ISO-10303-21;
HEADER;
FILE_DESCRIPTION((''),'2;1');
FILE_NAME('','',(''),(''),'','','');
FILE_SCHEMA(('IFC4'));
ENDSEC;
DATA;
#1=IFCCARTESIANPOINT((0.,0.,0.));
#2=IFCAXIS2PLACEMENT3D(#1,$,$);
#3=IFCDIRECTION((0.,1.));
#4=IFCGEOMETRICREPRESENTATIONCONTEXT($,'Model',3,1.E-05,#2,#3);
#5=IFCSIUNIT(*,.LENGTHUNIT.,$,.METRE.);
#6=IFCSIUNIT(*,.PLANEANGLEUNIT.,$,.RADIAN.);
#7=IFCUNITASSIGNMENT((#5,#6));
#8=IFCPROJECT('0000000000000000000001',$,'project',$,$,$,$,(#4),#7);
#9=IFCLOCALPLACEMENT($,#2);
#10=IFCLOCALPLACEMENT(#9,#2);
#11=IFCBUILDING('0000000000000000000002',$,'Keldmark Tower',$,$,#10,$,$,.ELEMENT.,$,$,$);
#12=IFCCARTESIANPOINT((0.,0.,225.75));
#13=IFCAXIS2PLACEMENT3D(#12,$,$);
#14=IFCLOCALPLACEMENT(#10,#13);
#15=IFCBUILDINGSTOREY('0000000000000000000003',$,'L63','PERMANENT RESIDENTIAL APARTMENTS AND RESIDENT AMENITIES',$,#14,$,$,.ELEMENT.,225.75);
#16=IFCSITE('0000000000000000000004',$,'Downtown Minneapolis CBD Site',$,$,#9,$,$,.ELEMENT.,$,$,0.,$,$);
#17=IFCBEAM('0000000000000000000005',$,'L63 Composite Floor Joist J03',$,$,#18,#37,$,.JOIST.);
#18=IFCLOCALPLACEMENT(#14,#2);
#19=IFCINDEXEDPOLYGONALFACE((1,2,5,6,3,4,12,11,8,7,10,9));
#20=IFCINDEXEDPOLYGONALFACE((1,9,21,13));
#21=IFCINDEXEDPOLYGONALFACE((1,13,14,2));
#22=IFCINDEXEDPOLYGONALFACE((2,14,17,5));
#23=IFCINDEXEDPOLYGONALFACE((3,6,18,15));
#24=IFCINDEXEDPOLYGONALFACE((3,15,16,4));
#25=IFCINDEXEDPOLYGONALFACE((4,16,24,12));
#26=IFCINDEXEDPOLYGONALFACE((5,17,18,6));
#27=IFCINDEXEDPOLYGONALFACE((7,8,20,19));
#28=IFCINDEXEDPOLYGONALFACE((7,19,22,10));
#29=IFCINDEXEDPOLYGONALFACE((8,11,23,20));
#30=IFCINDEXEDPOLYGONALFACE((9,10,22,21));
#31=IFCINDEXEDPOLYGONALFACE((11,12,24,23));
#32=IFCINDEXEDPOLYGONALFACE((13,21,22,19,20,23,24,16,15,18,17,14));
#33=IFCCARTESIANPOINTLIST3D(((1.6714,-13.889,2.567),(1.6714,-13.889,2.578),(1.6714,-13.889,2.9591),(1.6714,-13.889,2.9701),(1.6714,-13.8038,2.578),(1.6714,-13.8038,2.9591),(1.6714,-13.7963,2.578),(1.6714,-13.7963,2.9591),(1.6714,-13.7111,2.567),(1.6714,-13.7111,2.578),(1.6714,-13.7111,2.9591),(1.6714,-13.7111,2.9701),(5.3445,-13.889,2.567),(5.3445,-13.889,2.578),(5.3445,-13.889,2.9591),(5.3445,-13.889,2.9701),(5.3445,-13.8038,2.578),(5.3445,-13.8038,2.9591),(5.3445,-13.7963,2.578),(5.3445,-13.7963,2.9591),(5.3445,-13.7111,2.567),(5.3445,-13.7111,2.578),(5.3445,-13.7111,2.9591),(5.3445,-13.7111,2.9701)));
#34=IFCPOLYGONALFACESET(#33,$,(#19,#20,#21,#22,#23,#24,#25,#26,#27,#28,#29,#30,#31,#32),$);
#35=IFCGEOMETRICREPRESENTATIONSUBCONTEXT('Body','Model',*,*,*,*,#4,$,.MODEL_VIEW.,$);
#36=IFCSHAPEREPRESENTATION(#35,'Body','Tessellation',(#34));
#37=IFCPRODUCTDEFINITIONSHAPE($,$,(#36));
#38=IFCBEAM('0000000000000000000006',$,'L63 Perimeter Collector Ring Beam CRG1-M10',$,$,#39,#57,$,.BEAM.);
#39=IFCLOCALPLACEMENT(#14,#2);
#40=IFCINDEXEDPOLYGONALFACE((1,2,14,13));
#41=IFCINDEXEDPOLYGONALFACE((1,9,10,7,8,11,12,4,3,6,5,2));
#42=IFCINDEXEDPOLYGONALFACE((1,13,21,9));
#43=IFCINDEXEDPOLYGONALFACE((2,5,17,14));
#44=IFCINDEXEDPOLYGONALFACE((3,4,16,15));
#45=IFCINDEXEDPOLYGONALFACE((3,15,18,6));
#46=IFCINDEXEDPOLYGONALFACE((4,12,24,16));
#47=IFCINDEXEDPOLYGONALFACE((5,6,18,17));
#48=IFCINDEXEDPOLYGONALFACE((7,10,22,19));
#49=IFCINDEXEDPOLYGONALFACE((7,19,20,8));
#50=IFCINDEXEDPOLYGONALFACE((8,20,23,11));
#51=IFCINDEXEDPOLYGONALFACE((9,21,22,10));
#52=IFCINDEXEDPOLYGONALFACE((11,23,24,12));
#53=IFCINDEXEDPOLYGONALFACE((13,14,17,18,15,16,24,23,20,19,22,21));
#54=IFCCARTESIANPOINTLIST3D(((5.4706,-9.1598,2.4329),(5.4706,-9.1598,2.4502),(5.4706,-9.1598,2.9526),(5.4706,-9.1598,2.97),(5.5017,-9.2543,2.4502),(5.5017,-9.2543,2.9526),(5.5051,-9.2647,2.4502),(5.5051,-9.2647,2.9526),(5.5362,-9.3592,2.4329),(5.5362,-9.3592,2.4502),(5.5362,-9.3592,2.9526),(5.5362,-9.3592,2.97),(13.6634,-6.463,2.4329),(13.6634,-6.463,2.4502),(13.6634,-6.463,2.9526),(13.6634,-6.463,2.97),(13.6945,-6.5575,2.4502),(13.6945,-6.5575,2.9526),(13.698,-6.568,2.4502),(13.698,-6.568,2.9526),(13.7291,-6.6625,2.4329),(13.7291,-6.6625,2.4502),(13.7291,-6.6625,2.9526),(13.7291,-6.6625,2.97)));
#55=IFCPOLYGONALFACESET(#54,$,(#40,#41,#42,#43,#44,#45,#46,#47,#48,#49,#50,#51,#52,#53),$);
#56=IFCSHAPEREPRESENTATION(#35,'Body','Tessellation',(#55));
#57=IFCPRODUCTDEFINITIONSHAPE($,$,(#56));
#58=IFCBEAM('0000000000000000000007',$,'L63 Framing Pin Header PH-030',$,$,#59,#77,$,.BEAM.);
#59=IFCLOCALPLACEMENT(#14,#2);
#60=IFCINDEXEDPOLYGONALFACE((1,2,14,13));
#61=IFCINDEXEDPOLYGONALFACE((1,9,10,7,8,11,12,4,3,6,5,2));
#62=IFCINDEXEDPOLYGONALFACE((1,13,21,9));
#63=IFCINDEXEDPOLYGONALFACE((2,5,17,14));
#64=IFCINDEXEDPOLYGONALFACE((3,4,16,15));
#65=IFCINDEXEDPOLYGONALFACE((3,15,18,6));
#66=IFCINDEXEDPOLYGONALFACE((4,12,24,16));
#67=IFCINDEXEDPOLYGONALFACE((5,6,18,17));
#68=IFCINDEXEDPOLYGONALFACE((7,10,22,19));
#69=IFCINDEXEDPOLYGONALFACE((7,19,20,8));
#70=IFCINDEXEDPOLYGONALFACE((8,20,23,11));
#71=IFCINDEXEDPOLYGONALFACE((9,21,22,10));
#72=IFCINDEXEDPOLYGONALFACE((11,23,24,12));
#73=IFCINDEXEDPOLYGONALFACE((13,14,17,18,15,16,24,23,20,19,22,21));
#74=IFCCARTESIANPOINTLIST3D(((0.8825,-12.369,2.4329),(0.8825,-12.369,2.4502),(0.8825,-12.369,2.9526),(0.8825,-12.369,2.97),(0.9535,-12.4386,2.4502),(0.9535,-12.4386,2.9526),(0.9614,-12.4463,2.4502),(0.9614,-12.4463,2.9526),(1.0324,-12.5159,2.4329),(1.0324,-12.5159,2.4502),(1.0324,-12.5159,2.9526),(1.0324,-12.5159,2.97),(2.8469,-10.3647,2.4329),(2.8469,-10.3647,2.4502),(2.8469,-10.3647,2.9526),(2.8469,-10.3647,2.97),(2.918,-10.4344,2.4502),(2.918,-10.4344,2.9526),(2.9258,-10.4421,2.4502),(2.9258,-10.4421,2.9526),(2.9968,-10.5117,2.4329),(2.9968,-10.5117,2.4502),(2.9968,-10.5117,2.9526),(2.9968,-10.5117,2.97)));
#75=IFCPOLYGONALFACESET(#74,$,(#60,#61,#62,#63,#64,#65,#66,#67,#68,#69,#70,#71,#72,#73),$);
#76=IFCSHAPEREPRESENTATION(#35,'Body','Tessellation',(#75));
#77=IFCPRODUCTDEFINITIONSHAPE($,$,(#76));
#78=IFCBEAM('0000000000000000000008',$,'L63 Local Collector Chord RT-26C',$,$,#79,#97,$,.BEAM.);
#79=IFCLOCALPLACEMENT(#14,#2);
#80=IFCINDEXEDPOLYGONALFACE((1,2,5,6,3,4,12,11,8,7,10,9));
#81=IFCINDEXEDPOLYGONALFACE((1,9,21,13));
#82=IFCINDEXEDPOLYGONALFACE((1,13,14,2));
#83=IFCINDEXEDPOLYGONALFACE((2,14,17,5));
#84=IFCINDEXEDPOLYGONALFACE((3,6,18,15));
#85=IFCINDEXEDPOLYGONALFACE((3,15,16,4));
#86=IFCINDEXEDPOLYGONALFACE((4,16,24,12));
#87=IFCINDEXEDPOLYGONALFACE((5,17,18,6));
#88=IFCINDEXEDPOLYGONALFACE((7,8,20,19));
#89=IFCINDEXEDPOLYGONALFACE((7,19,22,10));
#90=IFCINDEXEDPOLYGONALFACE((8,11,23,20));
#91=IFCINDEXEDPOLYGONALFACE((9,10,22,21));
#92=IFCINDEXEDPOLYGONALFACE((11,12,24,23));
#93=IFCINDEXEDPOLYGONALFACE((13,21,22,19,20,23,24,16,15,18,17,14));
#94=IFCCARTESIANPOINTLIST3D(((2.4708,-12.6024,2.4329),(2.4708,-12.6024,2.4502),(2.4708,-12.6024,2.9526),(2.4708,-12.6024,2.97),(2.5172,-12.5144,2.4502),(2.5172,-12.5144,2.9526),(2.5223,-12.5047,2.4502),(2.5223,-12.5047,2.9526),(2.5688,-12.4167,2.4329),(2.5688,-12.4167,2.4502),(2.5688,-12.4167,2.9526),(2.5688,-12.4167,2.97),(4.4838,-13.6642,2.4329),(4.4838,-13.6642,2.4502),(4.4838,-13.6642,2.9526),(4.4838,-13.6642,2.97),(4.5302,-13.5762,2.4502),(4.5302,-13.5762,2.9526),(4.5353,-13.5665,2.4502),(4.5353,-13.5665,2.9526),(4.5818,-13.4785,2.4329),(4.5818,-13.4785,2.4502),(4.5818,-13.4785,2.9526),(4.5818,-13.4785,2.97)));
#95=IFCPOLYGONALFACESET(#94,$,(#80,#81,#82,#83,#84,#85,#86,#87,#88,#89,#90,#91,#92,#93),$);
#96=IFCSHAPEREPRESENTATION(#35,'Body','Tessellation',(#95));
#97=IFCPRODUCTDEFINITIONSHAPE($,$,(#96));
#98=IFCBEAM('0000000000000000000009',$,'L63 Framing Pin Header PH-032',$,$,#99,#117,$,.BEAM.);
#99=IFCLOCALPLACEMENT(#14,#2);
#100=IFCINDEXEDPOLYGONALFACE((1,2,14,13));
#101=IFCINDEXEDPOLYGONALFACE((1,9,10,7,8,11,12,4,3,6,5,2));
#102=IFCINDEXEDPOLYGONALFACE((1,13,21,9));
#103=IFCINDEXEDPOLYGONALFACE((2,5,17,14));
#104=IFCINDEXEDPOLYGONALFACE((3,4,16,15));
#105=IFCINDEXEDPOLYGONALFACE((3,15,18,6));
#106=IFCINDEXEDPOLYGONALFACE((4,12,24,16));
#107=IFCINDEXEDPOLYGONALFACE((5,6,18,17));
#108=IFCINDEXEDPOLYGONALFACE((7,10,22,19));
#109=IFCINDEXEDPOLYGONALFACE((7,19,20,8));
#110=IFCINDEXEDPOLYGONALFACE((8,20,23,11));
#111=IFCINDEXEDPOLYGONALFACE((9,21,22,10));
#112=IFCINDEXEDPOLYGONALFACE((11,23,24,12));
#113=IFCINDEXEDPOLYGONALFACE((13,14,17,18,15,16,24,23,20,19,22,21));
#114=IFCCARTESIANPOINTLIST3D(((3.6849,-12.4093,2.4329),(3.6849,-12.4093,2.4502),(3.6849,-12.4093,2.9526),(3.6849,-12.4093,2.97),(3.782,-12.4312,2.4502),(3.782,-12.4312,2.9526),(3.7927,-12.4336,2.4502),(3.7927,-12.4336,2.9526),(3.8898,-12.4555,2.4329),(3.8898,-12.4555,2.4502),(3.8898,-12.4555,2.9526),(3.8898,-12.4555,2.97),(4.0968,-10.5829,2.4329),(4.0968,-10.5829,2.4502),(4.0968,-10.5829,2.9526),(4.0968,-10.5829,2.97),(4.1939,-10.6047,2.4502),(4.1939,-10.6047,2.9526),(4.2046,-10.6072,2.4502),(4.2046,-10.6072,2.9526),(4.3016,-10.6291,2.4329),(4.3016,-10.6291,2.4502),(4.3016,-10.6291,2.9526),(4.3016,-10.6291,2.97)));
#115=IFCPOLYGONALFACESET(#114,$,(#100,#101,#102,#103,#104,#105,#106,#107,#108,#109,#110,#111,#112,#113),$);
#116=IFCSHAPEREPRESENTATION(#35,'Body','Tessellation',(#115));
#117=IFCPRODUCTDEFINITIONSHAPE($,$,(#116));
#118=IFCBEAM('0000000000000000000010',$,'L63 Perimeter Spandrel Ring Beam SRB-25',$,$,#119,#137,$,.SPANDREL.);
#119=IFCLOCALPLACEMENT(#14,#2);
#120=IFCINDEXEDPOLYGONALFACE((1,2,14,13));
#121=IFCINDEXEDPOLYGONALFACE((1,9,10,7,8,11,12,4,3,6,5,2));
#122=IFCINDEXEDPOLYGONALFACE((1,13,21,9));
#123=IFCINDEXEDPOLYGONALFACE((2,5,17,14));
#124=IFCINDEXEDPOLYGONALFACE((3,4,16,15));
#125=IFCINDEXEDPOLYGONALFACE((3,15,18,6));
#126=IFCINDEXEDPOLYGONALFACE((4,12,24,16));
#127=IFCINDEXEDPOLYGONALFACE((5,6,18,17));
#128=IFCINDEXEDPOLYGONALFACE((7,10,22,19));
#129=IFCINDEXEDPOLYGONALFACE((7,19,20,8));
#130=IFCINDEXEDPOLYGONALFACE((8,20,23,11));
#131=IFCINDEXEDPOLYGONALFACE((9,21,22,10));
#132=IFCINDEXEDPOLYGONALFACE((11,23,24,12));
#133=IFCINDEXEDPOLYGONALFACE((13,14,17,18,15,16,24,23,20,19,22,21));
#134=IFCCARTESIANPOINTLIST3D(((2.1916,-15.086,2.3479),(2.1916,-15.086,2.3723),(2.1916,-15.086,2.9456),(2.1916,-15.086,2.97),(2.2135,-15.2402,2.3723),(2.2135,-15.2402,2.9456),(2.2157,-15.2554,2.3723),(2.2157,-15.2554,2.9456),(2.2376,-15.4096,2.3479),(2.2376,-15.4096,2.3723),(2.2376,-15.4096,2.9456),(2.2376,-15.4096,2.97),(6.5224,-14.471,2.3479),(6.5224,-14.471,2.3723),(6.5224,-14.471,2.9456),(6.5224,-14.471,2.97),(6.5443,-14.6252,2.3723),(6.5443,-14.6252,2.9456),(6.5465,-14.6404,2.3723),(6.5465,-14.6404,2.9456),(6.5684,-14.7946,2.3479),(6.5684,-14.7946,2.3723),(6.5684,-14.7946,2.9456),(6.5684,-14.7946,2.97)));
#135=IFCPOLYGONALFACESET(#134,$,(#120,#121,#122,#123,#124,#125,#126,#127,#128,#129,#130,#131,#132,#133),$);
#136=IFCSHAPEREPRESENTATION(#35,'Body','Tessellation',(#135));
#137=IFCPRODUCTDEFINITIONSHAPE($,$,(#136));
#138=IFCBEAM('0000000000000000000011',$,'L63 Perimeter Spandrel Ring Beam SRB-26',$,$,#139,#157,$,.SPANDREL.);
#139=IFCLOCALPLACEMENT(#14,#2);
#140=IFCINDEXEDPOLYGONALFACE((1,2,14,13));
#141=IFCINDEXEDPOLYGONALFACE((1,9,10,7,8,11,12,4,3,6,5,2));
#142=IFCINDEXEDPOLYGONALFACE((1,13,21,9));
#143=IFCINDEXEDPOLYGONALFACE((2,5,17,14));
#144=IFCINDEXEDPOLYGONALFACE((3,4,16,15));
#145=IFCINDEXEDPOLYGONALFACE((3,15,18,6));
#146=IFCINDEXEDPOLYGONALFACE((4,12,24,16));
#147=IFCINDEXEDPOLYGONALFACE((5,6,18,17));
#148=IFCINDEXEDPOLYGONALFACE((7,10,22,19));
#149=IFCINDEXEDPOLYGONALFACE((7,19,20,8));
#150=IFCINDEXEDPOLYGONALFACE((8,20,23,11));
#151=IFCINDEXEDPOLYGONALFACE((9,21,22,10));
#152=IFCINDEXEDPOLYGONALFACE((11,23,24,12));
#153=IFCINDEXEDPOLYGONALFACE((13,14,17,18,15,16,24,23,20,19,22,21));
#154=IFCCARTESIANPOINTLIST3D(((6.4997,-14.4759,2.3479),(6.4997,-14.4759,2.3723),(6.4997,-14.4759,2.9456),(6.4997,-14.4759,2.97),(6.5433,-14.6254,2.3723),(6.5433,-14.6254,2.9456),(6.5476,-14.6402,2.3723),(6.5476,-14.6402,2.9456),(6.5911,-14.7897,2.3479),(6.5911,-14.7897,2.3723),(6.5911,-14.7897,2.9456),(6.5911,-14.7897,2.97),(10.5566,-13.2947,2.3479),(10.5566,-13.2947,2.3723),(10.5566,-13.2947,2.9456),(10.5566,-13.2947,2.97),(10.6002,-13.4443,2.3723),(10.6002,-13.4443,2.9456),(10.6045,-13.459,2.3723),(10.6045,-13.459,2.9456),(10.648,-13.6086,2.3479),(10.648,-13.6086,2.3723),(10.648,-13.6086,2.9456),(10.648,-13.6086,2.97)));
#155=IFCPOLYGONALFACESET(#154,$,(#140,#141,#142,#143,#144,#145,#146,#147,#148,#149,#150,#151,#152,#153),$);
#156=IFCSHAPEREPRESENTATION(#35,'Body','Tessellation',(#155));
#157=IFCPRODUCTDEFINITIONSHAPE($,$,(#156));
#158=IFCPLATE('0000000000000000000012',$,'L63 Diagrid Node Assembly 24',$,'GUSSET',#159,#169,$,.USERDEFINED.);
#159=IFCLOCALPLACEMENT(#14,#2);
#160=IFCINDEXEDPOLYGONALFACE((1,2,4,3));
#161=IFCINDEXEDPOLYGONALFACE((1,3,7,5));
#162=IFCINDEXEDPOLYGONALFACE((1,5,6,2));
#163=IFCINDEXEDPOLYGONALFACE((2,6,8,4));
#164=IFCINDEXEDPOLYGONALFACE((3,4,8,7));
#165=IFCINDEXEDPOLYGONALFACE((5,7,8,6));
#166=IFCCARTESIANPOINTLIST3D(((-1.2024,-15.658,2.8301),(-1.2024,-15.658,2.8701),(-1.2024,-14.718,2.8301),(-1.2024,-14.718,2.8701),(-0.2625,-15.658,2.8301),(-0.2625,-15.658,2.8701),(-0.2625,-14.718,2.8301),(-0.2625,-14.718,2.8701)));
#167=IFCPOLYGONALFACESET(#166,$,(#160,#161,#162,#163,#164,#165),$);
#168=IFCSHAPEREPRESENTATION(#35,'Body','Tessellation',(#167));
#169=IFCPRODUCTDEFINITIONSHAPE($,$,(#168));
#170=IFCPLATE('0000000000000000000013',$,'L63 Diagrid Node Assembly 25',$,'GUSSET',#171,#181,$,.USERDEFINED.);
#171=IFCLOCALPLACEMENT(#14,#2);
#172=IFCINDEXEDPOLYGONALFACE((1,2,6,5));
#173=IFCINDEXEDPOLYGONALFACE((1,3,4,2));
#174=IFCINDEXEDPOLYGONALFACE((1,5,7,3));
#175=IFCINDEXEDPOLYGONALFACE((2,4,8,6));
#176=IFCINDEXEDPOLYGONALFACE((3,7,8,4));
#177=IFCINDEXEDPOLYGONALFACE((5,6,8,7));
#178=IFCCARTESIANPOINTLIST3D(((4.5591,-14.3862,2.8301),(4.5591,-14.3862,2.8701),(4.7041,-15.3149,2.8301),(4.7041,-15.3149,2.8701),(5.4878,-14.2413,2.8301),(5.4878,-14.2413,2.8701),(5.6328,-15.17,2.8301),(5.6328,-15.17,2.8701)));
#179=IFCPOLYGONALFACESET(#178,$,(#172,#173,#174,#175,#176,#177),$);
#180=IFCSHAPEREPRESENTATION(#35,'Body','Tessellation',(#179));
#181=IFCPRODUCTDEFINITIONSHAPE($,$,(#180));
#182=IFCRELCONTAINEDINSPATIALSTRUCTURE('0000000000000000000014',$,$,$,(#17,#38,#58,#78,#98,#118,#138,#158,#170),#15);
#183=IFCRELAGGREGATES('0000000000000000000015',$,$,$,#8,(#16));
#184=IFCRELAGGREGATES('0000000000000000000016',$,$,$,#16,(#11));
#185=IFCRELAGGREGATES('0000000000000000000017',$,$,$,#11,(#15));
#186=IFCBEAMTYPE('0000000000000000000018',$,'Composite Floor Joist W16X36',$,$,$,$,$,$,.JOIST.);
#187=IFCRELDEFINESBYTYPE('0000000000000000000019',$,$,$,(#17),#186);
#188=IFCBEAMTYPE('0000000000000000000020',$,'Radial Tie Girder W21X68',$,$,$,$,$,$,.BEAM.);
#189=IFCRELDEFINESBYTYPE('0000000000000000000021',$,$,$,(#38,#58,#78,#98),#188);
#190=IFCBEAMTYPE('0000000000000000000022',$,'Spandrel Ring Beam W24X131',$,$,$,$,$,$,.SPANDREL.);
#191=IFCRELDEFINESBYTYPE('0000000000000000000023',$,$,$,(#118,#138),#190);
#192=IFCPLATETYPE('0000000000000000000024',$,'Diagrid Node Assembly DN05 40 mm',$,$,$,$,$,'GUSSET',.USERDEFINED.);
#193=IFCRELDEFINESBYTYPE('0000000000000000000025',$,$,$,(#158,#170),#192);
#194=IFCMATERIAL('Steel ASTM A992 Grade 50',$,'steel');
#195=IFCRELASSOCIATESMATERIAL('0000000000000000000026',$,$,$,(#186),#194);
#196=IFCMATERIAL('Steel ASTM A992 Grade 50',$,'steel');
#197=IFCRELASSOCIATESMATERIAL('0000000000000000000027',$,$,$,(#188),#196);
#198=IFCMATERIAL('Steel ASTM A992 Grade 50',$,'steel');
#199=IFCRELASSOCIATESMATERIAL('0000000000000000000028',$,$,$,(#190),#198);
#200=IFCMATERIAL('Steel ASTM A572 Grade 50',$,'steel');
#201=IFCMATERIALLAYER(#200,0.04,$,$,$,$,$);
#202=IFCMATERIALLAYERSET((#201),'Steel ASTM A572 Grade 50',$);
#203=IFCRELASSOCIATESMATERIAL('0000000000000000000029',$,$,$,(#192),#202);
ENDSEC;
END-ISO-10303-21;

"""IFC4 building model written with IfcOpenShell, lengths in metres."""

from ifc_helpers import new_model, si_unit, direction, frame, origin, origin_2d, place, context, subcontext, project, spatial, rectangle, i_section, extrude, material, layer, layer_set, material_profile, profile_set, type_object, element, save


model = new_model("IFC4")

# Units and contexts
model_context = context("Model", 3, precision=1e-05, world=origin(), true_north=direction((0.0, 1.0)))
body_context = subcontext(model_context, "Body", "Model", "MODEL_VIEW")
ifc_project = project(units=[si_unit("LENGTHUNIT", "METRE"), si_unit("PLANEANGLEUNIT", "RADIAN")], contexts=[model_context])

# Site, building, storey
site_placement = place(None, origin())
site = spatial("IfcSite", under=ifc_project, at=site_placement, Name="Downtown Minneapolis CBD Site", CompositionType="ELEMENT", RefElevation=0.0)
building_placement = place(site_placement, origin())
building = spatial("IfcBuilding", under=site, at=building_placement, Name="Keldmark Tower", CompositionType="ELEMENT")
storey_placement = place(building_placement, frame((0.0, 0.0, 225.75)))
storey = spatial("IfcBuildingStorey", under=building, at=storey_placement, Name="L63", Description="PERMANENT RESIDENTIAL APARTMENTS AND RESIDENT AMENITIES", CompositionType="ELEMENT", Elevation=225.75)

# Beams
ifc_material_1 = material(Name="Steel ASTM A992 Grade 50", Category="steel")
ifc_material_profile_1 = material_profile(ifc_material_1, i_section(OverallWidth=0.178, OverallDepth=0.4031, WebThickness=0.0076, FlangeThickness=0.011, at=origin_2d()), Name="W16X36")
ifc_profile_set_1 = profile_set([ifc_material_profile_1], Name="Steel ASTM A992 Grade 50")
beam_type_1 = type_object("IfcBeamType", Name="Composite Floor Joist W16X36", PredefinedType="JOIST", material=ifc_profile_set_1)
beam_1_placement = place(storey_placement, frame((1.6714, -13.8, 2.7686), z_axis=(1.0, 0.0, 0.0), x_axis=(0.0, 1.0, 0.0)))
element("IfcBeam", 1, at=beam_1_placement, inside=storey, type_object=beam_type_1, Name="L63 Composite Floor Joist J03", PredefinedType="JOIST", context=body_context, shape_type="SweptSolid", body=[
    extrude(i_section(OverallWidth=0.178, OverallDepth=0.4031, WebThickness=0.0076, FlangeThickness=0.011, at=origin_2d()), origin(), (0.0, 0.0, 1.0), 3.6731),
])
ifc_material_2 = material(Name="Steel ASTM A992 Grade 50", Category="steel")
ifc_material_profile_2 = material_profile(ifc_material_2, i_section(OverallWidth=0.21, OverallDepth=0.5371, WebThickness=0.011, FlangeThickness=0.0173, at=origin_2d()), Name="W21X68")
ifc_profile_set_2 = profile_set([ifc_material_profile_2], Name="Steel ASTM A992 Grade 50")
beam_type_2 = type_object("IfcBeamType", Name="Radial Tie Girder W21X68", PredefinedType="BEAM", material=ifc_profile_set_2)
beam_2_placement = place(storey_placement, frame((5.5034, -9.2595, 2.7014), z_axis=(0.949865, 0.312659, 0.0), x_axis=(-0.312659, 0.949865, 0.0)))
element("IfcBeam", 2, at=beam_2_placement, inside=storey, type_object=beam_type_2, Name="L63 Perimeter Collector Ring Beam CRG1-M10", PredefinedType="BEAM", context=body_context, shape_type="SweptSolid", body=[
    extrude(i_section(OverallWidth=0.21, OverallDepth=0.5371, WebThickness=0.011, FlangeThickness=0.0173, at=origin_2d()), origin(), (0.0, 0.0, 1.0), 8.6252),
])
beam_3_placement = place(storey_placement, frame((2.9219, -10.4382, 2.7014), z_axis=(-0.699981, -0.714162, 0.0), x_axis=(0.714162, -0.699981, 0.0)))
element("IfcBeam", 3, at=beam_3_placement, inside=storey, type_object=beam_type_2, Name="L63 Framing Pin Header PH-030", PredefinedType="BEAM", context=body_context, shape_type="SweptSolid", body=[
    extrude(i_section(OverallWidth=0.21, OverallDepth=0.5371, WebThickness=0.011, FlangeThickness=0.0173, at=origin_2d()), origin(), (0.0, 0.0, 1.0), 2.8064),
])
beam_4_placement = place(storey_placement, frame((2.5198, -12.5095, 2.7014), z_axis=(0.884497, -0.466547, 0.0), x_axis=(0.466547, 0.884497, 0.0)))
element("IfcBeam", 4, at=beam_4_placement, inside=storey, type_object=beam_type_2, Name="L63 Local Collector Chord RT-26C", PredefinedType="BEAM", context=body_context, shape_type="SweptSolid", body=[
    extrude(i_section(OverallWidth=0.21, OverallDepth=0.5371, WebThickness=0.011, FlangeThickness=0.0173, at=origin_2d()), origin(), (0.0, 0.0, 1.0), 2.2759),
])
beam_5_placement = place(storey_placement, frame((4.1992, -10.606, 2.7014), z_axis=(-0.219981, -0.975504, 0.0), x_axis=(0.975504, -0.219981, 0.0)))
element("IfcBeam", 5, at=beam_5_placement, inside=storey, type_object=beam_type_2, Name="L63 Framing Pin Header PH-032", PredefinedType="BEAM", context=body_context, shape_type="SweptSolid", body=[
    extrude(i_section(OverallWidth=0.21, OverallDepth=0.5371, WebThickness=0.011, FlangeThickness=0.0173, at=origin_2d()), origin(), (0.0, 0.0, 1.0), 1.8723),
])
ifc_material_3 = material(Name="Steel ASTM A992 Grade 50", Category="steel")
ifc_material_profile_3 = material_profile(ifc_material_3, i_section(OverallWidth=0.3269, OverallDepth=0.6221, WebThickness=0.0154, FlangeThickness=0.0244, at=origin_2d()), Name="W24X131")
ifc_profile_set_3 = profile_set([ifc_material_profile_3], Name="Steel ASTM A992 Grade 50")
beam_type_3 = type_object("IfcBeamType", Name="Spandrel Ring Beam W24X131", PredefinedType="SPANDREL", material=ifc_profile_set_3)
beam_6_placement = place(storey_placement, frame((2.2146, -15.2478, 2.6589), z_axis=(0.990067, 0.140593, 0.0), x_axis=(-0.140593, 0.990067, 0.0)))
element("IfcBeam", 6, at=beam_6_placement, inside=storey, type_object=beam_type_3, Name="L63 Perimeter Spandrel Ring Beam SRB-25", PredefinedType="SPANDREL", context=body_context, shape_type="SweptSolid", body=[
    extrude(i_section(OverallWidth=0.3269, OverallDepth=0.6221, WebThickness=0.0154, FlangeThickness=0.0244, at=origin_2d()), origin(), (0.0, 0.0, 1.0), 4.3743),
])
beam_7_placement = place(storey_placement, frame((6.5454, -14.6328, 2.6589), z_axis=(0.960134, 0.279541, 0.0), x_axis=(-0.279541, 0.960134, 0.0)))
element("IfcBeam", 7, at=beam_7_placement, inside=storey, type_object=beam_type_3, Name="L63 Perimeter Spandrel Ring Beam SRB-26", PredefinedType="SPANDREL", context=body_context, shape_type="SweptSolid", body=[
    extrude(i_section(OverallWidth=0.3269, OverallDepth=0.6221, WebThickness=0.0154, FlangeThickness=0.0244, at=origin_2d()), origin(), (0.0, 0.0, 1.0), 4.2253),
])

# Plates
ifc_material_4 = material(Name="Steel ASTM A572 Grade 50", Category="steel")
ifc_layer_1 = layer(ifc_material_4, 0.04)
ifc_layer_set_1 = layer_set([ifc_layer_1], Name="Steel ASTM A572 Grade 50")
plate_type = type_object("IfcPlateType", Name="Diagrid Node Assembly DN05 40 mm", ElementType="GUSSET", PredefinedType="USERDEFINED", material=ifc_layer_set_1)
for number, where, z_axis, x_axis, name in (
    (8, (-0.7324, -15.188, 2.8301), (0.0, 0.0, 1.0), (1.0, 0.0, 0.0), "L63 Diagrid Node Assembly 24"),
    (9, (5.0959, -14.7781, 2.8301), (0.0, 0.0, 1.0), (0.988041, 0.154193, 0.0), "L63 Diagrid Node Assembly 25"),
):
    element("IfcPlate", number, at=place(storey_placement, frame(where, z_axis=z_axis, x_axis=x_axis)), inside=storey, type_object=plate_type, Name=name, ObjectType="GUSSET", PredefinedType="USERDEFINED", context=body_context, shape_type="SweptSolid", body=[
        extrude(rectangle(XDim=0.9399, YDim=0.9399, at=origin_2d()), origin(), (0.0, 0.0, 1.0), 0.04),
    ])

save(model, "model.ifc")
